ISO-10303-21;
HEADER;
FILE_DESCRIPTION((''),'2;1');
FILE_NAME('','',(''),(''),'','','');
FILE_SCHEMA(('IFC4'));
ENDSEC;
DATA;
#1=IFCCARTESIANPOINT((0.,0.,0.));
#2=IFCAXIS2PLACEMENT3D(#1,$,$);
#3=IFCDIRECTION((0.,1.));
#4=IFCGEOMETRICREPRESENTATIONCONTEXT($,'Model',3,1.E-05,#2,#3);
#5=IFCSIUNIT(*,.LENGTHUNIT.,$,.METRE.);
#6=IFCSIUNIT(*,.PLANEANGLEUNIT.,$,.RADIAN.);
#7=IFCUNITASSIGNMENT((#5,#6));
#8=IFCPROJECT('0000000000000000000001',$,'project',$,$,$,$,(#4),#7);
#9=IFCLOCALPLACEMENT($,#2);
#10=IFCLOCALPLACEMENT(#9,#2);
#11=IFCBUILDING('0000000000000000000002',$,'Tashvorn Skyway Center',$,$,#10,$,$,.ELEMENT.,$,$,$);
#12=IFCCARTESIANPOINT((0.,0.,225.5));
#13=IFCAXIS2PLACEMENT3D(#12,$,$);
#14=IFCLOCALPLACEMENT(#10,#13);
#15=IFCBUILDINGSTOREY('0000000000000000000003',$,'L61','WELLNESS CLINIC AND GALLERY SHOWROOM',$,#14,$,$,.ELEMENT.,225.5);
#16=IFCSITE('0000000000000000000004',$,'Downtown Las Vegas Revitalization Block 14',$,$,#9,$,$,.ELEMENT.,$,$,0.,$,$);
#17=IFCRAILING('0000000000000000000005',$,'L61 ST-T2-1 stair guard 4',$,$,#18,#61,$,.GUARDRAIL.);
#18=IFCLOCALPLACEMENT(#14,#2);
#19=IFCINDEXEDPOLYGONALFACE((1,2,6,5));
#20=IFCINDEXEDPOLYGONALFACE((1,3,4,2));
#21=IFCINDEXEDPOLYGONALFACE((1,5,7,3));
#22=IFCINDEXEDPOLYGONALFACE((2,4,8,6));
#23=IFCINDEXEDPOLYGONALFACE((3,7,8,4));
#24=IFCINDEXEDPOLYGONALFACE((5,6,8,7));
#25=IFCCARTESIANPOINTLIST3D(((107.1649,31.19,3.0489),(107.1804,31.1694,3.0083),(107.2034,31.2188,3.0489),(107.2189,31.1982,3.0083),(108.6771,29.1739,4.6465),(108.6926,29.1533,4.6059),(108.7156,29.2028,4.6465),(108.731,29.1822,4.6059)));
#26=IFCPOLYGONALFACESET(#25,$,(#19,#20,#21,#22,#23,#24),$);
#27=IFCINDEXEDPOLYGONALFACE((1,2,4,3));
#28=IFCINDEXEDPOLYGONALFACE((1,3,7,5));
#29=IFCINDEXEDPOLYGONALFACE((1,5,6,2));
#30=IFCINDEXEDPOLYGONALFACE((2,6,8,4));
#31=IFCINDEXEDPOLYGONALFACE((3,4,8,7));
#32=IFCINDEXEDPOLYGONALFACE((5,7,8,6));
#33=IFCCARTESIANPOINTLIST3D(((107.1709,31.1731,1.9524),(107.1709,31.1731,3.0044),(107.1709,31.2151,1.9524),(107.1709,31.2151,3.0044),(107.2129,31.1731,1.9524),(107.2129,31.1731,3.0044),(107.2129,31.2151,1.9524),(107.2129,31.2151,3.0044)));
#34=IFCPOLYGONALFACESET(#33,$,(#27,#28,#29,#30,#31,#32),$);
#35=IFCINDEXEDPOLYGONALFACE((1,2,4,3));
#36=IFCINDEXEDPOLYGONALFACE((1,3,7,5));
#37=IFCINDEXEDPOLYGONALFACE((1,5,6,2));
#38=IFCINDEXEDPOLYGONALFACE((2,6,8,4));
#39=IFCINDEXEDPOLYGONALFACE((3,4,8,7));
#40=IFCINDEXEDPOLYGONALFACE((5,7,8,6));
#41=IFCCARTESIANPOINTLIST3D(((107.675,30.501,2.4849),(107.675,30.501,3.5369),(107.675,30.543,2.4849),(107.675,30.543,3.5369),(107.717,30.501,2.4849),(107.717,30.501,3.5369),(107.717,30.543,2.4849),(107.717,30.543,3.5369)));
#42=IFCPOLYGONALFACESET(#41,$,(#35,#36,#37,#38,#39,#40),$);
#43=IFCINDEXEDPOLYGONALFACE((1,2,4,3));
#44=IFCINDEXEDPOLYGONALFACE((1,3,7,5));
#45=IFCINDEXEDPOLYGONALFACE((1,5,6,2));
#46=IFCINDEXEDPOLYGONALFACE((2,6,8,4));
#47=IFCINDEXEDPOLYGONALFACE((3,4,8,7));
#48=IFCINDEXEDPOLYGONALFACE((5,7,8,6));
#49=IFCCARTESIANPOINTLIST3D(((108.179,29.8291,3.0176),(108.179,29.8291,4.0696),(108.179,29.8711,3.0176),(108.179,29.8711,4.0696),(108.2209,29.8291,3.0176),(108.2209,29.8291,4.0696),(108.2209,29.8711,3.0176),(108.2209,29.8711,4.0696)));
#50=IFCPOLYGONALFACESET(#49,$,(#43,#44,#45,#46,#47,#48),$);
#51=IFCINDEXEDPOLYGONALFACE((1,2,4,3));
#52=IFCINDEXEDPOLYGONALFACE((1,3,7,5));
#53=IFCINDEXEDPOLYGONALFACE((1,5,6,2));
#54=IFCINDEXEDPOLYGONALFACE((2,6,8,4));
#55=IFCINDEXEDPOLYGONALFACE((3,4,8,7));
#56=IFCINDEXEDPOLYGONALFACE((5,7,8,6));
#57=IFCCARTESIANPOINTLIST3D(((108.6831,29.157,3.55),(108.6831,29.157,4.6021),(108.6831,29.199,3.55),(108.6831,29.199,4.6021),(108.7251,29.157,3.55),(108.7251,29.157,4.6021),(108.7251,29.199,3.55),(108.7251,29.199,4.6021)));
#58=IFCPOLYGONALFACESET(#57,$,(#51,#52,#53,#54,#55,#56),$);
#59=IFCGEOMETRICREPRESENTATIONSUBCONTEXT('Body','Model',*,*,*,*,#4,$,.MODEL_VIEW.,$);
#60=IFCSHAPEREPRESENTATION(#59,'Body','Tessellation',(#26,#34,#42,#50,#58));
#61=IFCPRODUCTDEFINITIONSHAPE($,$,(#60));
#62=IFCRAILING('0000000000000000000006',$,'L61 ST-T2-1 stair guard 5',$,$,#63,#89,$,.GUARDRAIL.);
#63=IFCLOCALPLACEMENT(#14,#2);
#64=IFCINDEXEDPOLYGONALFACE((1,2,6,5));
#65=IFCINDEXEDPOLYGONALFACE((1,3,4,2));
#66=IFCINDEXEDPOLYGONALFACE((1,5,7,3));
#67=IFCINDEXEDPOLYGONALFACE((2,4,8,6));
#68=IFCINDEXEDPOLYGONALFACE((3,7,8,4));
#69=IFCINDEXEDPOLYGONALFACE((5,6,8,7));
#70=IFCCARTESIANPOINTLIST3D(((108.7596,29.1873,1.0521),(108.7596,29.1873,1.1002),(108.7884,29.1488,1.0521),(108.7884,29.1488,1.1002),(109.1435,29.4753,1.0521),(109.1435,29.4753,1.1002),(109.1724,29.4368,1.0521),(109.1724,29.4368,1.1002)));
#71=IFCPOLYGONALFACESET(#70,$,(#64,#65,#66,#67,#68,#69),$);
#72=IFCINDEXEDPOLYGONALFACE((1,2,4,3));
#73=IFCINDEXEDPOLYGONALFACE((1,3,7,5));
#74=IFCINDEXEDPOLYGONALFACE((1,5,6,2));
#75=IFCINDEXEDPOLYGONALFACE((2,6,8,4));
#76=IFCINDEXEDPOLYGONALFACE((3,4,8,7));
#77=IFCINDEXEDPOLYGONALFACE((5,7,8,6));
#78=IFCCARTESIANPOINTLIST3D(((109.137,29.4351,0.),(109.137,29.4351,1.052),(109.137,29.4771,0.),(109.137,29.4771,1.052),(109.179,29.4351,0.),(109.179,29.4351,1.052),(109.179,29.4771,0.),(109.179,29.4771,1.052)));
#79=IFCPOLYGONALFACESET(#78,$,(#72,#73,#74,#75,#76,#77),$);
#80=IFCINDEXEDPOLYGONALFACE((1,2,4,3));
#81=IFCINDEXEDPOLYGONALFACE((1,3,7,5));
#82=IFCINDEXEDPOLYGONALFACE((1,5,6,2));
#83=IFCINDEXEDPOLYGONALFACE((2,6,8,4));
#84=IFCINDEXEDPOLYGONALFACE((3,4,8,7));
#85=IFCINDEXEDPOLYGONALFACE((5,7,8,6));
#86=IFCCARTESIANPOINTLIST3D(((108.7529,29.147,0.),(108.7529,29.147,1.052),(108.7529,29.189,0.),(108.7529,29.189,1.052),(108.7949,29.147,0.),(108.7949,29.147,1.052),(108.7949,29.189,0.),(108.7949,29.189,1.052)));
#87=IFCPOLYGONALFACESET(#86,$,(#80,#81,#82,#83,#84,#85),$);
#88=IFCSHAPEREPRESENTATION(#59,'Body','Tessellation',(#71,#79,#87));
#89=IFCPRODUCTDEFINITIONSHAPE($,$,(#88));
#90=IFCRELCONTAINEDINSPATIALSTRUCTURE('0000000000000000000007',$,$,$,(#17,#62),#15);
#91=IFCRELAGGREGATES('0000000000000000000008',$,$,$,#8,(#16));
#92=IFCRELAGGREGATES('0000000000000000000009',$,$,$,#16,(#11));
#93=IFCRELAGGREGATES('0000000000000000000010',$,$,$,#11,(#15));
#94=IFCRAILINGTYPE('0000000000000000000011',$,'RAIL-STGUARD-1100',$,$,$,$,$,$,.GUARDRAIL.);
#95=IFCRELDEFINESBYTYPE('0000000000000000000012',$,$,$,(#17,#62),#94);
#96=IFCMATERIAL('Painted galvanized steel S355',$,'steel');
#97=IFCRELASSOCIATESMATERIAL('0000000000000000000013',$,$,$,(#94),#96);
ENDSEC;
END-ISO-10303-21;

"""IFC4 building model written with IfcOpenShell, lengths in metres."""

from ifc_helpers import new_model, si_unit, direction, frame, origin, origin_2d, place, context, subcontext, project, spatial, rectangle, extrude, material, type_object, element, save


model = new_model("IFC4")

# Units and contexts
model_context = context("Model", 3, precision=1e-05, world=origin(), true_north=direction((0.0, 1.0)))
body_context = subcontext(model_context, "Body", "Model", "MODEL_VIEW")
ifc_project = project(units=[si_unit("LENGTHUNIT", "METRE"), si_unit("PLANEANGLEUNIT", "RADIAN")], contexts=[model_context])

# Site, building, storey
site_placement = place(None, origin())
site = spatial("IfcSite", under=ifc_project, at=site_placement, Name="Downtown Las Vegas Revitalization Block 14", CompositionType="ELEMENT", RefElevation=0.0)
building_placement = place(site_placement, origin())
building = spatial("IfcBuilding", under=site, at=building_placement, Name="Tashvorn Skyway Center", CompositionType="ELEMENT")
storey_placement = place(building_placement, frame((0.0, 0.0, 225.5)))
storey = spatial("IfcBuildingStorey", under=building, at=storey_placement, Name="L61", Description="WELLNESS CLINIC AND GALLERY SHOWROOM", CompositionType="ELEMENT", Elevation=225.5)

# Railings
ifc_material_1 = material(Name="Painted galvanized steel S355", Category="steel")
railing_type_1 = type_object("IfcRailingType", Name="RAIL-STGUARD-1100", PredefinedType="GUARDRAIL", material=ifc_material_1)
railing_1_placement = place(storey_placement, frame((107.1919, 31.1941, 1.9524)))
element("IfcRailing", 1, at=railing_1_placement, inside=storey, type_object=railing_type_1, Name="L61 ST-T2-1 stair guard 4", PredefinedType="GUARDRAIL", context=body_context, shape_type="SweptSolid", body=[
    extrude(rectangle(XDim=0.0481, YDim=0.0481, at=origin_2d()), frame((0.0, 0.0, 1.0762), z_axis=(0.506779, -0.675651, 0.535416), x_axis=(0.799977, 0.600031, 0.0)), (0.0, 0.0, 1.0), 2.9839),
    extrude(rectangle(XDim=0.042, YDim=0.042, at=origin_2d()), origin(), (0.0, 0.0, 1.0), 1.052),
    extrude(rectangle(XDim=0.042, YDim=0.042, at=origin_2d()), frame((0.5042, -0.6721, 0.5325)), (0.0, 0.0, 1.0), 1.052),
    extrude(rectangle(XDim=0.042, YDim=0.042, at=origin_2d()), frame((1.0081, -1.344, 1.0652)), (0.0, 0.0, 1.0), 1.052),
    extrude(rectangle(XDim=0.042, YDim=0.042, at=origin_2d()), frame((1.5122, -2.0161, 1.5977)), (0.0, 0.0, 1.0), 1.052),
])
railing_2_placement = place(storey_placement, frame((109.158, 29.4561, 0.0)))
element("IfcRailing", 2, at=railing_2_placement, inside=storey, type_object=railing_type_1, Name="L61 ST-T2-1 stair guard 5", PredefinedType="GUARDRAIL", context=body_context, shape_type="SweptSolid", body=[
    extrude(rectangle(XDim=0.0481, YDim=0.0481, at=origin_2d()), frame((0.0, 0.0, 1.0762), z_axis=(-0.799939, -0.600081, 0.0), x_axis=(0.600081, -0.799939, 0.0)), (0.0, 0.0, 1.0), 0.48),
    extrude(rectangle(XDim=0.042, YDim=0.042, at=origin_2d()), origin(), (0.0, 0.0, 1.0), 1.052),
    extrude(rectangle(XDim=0.042, YDim=0.042, at=origin_2d()), frame((-0.384, -0.2881, 0.0)), (0.0, 0.0, 1.0), 1.052),
])

save(model, "model.ifc")
